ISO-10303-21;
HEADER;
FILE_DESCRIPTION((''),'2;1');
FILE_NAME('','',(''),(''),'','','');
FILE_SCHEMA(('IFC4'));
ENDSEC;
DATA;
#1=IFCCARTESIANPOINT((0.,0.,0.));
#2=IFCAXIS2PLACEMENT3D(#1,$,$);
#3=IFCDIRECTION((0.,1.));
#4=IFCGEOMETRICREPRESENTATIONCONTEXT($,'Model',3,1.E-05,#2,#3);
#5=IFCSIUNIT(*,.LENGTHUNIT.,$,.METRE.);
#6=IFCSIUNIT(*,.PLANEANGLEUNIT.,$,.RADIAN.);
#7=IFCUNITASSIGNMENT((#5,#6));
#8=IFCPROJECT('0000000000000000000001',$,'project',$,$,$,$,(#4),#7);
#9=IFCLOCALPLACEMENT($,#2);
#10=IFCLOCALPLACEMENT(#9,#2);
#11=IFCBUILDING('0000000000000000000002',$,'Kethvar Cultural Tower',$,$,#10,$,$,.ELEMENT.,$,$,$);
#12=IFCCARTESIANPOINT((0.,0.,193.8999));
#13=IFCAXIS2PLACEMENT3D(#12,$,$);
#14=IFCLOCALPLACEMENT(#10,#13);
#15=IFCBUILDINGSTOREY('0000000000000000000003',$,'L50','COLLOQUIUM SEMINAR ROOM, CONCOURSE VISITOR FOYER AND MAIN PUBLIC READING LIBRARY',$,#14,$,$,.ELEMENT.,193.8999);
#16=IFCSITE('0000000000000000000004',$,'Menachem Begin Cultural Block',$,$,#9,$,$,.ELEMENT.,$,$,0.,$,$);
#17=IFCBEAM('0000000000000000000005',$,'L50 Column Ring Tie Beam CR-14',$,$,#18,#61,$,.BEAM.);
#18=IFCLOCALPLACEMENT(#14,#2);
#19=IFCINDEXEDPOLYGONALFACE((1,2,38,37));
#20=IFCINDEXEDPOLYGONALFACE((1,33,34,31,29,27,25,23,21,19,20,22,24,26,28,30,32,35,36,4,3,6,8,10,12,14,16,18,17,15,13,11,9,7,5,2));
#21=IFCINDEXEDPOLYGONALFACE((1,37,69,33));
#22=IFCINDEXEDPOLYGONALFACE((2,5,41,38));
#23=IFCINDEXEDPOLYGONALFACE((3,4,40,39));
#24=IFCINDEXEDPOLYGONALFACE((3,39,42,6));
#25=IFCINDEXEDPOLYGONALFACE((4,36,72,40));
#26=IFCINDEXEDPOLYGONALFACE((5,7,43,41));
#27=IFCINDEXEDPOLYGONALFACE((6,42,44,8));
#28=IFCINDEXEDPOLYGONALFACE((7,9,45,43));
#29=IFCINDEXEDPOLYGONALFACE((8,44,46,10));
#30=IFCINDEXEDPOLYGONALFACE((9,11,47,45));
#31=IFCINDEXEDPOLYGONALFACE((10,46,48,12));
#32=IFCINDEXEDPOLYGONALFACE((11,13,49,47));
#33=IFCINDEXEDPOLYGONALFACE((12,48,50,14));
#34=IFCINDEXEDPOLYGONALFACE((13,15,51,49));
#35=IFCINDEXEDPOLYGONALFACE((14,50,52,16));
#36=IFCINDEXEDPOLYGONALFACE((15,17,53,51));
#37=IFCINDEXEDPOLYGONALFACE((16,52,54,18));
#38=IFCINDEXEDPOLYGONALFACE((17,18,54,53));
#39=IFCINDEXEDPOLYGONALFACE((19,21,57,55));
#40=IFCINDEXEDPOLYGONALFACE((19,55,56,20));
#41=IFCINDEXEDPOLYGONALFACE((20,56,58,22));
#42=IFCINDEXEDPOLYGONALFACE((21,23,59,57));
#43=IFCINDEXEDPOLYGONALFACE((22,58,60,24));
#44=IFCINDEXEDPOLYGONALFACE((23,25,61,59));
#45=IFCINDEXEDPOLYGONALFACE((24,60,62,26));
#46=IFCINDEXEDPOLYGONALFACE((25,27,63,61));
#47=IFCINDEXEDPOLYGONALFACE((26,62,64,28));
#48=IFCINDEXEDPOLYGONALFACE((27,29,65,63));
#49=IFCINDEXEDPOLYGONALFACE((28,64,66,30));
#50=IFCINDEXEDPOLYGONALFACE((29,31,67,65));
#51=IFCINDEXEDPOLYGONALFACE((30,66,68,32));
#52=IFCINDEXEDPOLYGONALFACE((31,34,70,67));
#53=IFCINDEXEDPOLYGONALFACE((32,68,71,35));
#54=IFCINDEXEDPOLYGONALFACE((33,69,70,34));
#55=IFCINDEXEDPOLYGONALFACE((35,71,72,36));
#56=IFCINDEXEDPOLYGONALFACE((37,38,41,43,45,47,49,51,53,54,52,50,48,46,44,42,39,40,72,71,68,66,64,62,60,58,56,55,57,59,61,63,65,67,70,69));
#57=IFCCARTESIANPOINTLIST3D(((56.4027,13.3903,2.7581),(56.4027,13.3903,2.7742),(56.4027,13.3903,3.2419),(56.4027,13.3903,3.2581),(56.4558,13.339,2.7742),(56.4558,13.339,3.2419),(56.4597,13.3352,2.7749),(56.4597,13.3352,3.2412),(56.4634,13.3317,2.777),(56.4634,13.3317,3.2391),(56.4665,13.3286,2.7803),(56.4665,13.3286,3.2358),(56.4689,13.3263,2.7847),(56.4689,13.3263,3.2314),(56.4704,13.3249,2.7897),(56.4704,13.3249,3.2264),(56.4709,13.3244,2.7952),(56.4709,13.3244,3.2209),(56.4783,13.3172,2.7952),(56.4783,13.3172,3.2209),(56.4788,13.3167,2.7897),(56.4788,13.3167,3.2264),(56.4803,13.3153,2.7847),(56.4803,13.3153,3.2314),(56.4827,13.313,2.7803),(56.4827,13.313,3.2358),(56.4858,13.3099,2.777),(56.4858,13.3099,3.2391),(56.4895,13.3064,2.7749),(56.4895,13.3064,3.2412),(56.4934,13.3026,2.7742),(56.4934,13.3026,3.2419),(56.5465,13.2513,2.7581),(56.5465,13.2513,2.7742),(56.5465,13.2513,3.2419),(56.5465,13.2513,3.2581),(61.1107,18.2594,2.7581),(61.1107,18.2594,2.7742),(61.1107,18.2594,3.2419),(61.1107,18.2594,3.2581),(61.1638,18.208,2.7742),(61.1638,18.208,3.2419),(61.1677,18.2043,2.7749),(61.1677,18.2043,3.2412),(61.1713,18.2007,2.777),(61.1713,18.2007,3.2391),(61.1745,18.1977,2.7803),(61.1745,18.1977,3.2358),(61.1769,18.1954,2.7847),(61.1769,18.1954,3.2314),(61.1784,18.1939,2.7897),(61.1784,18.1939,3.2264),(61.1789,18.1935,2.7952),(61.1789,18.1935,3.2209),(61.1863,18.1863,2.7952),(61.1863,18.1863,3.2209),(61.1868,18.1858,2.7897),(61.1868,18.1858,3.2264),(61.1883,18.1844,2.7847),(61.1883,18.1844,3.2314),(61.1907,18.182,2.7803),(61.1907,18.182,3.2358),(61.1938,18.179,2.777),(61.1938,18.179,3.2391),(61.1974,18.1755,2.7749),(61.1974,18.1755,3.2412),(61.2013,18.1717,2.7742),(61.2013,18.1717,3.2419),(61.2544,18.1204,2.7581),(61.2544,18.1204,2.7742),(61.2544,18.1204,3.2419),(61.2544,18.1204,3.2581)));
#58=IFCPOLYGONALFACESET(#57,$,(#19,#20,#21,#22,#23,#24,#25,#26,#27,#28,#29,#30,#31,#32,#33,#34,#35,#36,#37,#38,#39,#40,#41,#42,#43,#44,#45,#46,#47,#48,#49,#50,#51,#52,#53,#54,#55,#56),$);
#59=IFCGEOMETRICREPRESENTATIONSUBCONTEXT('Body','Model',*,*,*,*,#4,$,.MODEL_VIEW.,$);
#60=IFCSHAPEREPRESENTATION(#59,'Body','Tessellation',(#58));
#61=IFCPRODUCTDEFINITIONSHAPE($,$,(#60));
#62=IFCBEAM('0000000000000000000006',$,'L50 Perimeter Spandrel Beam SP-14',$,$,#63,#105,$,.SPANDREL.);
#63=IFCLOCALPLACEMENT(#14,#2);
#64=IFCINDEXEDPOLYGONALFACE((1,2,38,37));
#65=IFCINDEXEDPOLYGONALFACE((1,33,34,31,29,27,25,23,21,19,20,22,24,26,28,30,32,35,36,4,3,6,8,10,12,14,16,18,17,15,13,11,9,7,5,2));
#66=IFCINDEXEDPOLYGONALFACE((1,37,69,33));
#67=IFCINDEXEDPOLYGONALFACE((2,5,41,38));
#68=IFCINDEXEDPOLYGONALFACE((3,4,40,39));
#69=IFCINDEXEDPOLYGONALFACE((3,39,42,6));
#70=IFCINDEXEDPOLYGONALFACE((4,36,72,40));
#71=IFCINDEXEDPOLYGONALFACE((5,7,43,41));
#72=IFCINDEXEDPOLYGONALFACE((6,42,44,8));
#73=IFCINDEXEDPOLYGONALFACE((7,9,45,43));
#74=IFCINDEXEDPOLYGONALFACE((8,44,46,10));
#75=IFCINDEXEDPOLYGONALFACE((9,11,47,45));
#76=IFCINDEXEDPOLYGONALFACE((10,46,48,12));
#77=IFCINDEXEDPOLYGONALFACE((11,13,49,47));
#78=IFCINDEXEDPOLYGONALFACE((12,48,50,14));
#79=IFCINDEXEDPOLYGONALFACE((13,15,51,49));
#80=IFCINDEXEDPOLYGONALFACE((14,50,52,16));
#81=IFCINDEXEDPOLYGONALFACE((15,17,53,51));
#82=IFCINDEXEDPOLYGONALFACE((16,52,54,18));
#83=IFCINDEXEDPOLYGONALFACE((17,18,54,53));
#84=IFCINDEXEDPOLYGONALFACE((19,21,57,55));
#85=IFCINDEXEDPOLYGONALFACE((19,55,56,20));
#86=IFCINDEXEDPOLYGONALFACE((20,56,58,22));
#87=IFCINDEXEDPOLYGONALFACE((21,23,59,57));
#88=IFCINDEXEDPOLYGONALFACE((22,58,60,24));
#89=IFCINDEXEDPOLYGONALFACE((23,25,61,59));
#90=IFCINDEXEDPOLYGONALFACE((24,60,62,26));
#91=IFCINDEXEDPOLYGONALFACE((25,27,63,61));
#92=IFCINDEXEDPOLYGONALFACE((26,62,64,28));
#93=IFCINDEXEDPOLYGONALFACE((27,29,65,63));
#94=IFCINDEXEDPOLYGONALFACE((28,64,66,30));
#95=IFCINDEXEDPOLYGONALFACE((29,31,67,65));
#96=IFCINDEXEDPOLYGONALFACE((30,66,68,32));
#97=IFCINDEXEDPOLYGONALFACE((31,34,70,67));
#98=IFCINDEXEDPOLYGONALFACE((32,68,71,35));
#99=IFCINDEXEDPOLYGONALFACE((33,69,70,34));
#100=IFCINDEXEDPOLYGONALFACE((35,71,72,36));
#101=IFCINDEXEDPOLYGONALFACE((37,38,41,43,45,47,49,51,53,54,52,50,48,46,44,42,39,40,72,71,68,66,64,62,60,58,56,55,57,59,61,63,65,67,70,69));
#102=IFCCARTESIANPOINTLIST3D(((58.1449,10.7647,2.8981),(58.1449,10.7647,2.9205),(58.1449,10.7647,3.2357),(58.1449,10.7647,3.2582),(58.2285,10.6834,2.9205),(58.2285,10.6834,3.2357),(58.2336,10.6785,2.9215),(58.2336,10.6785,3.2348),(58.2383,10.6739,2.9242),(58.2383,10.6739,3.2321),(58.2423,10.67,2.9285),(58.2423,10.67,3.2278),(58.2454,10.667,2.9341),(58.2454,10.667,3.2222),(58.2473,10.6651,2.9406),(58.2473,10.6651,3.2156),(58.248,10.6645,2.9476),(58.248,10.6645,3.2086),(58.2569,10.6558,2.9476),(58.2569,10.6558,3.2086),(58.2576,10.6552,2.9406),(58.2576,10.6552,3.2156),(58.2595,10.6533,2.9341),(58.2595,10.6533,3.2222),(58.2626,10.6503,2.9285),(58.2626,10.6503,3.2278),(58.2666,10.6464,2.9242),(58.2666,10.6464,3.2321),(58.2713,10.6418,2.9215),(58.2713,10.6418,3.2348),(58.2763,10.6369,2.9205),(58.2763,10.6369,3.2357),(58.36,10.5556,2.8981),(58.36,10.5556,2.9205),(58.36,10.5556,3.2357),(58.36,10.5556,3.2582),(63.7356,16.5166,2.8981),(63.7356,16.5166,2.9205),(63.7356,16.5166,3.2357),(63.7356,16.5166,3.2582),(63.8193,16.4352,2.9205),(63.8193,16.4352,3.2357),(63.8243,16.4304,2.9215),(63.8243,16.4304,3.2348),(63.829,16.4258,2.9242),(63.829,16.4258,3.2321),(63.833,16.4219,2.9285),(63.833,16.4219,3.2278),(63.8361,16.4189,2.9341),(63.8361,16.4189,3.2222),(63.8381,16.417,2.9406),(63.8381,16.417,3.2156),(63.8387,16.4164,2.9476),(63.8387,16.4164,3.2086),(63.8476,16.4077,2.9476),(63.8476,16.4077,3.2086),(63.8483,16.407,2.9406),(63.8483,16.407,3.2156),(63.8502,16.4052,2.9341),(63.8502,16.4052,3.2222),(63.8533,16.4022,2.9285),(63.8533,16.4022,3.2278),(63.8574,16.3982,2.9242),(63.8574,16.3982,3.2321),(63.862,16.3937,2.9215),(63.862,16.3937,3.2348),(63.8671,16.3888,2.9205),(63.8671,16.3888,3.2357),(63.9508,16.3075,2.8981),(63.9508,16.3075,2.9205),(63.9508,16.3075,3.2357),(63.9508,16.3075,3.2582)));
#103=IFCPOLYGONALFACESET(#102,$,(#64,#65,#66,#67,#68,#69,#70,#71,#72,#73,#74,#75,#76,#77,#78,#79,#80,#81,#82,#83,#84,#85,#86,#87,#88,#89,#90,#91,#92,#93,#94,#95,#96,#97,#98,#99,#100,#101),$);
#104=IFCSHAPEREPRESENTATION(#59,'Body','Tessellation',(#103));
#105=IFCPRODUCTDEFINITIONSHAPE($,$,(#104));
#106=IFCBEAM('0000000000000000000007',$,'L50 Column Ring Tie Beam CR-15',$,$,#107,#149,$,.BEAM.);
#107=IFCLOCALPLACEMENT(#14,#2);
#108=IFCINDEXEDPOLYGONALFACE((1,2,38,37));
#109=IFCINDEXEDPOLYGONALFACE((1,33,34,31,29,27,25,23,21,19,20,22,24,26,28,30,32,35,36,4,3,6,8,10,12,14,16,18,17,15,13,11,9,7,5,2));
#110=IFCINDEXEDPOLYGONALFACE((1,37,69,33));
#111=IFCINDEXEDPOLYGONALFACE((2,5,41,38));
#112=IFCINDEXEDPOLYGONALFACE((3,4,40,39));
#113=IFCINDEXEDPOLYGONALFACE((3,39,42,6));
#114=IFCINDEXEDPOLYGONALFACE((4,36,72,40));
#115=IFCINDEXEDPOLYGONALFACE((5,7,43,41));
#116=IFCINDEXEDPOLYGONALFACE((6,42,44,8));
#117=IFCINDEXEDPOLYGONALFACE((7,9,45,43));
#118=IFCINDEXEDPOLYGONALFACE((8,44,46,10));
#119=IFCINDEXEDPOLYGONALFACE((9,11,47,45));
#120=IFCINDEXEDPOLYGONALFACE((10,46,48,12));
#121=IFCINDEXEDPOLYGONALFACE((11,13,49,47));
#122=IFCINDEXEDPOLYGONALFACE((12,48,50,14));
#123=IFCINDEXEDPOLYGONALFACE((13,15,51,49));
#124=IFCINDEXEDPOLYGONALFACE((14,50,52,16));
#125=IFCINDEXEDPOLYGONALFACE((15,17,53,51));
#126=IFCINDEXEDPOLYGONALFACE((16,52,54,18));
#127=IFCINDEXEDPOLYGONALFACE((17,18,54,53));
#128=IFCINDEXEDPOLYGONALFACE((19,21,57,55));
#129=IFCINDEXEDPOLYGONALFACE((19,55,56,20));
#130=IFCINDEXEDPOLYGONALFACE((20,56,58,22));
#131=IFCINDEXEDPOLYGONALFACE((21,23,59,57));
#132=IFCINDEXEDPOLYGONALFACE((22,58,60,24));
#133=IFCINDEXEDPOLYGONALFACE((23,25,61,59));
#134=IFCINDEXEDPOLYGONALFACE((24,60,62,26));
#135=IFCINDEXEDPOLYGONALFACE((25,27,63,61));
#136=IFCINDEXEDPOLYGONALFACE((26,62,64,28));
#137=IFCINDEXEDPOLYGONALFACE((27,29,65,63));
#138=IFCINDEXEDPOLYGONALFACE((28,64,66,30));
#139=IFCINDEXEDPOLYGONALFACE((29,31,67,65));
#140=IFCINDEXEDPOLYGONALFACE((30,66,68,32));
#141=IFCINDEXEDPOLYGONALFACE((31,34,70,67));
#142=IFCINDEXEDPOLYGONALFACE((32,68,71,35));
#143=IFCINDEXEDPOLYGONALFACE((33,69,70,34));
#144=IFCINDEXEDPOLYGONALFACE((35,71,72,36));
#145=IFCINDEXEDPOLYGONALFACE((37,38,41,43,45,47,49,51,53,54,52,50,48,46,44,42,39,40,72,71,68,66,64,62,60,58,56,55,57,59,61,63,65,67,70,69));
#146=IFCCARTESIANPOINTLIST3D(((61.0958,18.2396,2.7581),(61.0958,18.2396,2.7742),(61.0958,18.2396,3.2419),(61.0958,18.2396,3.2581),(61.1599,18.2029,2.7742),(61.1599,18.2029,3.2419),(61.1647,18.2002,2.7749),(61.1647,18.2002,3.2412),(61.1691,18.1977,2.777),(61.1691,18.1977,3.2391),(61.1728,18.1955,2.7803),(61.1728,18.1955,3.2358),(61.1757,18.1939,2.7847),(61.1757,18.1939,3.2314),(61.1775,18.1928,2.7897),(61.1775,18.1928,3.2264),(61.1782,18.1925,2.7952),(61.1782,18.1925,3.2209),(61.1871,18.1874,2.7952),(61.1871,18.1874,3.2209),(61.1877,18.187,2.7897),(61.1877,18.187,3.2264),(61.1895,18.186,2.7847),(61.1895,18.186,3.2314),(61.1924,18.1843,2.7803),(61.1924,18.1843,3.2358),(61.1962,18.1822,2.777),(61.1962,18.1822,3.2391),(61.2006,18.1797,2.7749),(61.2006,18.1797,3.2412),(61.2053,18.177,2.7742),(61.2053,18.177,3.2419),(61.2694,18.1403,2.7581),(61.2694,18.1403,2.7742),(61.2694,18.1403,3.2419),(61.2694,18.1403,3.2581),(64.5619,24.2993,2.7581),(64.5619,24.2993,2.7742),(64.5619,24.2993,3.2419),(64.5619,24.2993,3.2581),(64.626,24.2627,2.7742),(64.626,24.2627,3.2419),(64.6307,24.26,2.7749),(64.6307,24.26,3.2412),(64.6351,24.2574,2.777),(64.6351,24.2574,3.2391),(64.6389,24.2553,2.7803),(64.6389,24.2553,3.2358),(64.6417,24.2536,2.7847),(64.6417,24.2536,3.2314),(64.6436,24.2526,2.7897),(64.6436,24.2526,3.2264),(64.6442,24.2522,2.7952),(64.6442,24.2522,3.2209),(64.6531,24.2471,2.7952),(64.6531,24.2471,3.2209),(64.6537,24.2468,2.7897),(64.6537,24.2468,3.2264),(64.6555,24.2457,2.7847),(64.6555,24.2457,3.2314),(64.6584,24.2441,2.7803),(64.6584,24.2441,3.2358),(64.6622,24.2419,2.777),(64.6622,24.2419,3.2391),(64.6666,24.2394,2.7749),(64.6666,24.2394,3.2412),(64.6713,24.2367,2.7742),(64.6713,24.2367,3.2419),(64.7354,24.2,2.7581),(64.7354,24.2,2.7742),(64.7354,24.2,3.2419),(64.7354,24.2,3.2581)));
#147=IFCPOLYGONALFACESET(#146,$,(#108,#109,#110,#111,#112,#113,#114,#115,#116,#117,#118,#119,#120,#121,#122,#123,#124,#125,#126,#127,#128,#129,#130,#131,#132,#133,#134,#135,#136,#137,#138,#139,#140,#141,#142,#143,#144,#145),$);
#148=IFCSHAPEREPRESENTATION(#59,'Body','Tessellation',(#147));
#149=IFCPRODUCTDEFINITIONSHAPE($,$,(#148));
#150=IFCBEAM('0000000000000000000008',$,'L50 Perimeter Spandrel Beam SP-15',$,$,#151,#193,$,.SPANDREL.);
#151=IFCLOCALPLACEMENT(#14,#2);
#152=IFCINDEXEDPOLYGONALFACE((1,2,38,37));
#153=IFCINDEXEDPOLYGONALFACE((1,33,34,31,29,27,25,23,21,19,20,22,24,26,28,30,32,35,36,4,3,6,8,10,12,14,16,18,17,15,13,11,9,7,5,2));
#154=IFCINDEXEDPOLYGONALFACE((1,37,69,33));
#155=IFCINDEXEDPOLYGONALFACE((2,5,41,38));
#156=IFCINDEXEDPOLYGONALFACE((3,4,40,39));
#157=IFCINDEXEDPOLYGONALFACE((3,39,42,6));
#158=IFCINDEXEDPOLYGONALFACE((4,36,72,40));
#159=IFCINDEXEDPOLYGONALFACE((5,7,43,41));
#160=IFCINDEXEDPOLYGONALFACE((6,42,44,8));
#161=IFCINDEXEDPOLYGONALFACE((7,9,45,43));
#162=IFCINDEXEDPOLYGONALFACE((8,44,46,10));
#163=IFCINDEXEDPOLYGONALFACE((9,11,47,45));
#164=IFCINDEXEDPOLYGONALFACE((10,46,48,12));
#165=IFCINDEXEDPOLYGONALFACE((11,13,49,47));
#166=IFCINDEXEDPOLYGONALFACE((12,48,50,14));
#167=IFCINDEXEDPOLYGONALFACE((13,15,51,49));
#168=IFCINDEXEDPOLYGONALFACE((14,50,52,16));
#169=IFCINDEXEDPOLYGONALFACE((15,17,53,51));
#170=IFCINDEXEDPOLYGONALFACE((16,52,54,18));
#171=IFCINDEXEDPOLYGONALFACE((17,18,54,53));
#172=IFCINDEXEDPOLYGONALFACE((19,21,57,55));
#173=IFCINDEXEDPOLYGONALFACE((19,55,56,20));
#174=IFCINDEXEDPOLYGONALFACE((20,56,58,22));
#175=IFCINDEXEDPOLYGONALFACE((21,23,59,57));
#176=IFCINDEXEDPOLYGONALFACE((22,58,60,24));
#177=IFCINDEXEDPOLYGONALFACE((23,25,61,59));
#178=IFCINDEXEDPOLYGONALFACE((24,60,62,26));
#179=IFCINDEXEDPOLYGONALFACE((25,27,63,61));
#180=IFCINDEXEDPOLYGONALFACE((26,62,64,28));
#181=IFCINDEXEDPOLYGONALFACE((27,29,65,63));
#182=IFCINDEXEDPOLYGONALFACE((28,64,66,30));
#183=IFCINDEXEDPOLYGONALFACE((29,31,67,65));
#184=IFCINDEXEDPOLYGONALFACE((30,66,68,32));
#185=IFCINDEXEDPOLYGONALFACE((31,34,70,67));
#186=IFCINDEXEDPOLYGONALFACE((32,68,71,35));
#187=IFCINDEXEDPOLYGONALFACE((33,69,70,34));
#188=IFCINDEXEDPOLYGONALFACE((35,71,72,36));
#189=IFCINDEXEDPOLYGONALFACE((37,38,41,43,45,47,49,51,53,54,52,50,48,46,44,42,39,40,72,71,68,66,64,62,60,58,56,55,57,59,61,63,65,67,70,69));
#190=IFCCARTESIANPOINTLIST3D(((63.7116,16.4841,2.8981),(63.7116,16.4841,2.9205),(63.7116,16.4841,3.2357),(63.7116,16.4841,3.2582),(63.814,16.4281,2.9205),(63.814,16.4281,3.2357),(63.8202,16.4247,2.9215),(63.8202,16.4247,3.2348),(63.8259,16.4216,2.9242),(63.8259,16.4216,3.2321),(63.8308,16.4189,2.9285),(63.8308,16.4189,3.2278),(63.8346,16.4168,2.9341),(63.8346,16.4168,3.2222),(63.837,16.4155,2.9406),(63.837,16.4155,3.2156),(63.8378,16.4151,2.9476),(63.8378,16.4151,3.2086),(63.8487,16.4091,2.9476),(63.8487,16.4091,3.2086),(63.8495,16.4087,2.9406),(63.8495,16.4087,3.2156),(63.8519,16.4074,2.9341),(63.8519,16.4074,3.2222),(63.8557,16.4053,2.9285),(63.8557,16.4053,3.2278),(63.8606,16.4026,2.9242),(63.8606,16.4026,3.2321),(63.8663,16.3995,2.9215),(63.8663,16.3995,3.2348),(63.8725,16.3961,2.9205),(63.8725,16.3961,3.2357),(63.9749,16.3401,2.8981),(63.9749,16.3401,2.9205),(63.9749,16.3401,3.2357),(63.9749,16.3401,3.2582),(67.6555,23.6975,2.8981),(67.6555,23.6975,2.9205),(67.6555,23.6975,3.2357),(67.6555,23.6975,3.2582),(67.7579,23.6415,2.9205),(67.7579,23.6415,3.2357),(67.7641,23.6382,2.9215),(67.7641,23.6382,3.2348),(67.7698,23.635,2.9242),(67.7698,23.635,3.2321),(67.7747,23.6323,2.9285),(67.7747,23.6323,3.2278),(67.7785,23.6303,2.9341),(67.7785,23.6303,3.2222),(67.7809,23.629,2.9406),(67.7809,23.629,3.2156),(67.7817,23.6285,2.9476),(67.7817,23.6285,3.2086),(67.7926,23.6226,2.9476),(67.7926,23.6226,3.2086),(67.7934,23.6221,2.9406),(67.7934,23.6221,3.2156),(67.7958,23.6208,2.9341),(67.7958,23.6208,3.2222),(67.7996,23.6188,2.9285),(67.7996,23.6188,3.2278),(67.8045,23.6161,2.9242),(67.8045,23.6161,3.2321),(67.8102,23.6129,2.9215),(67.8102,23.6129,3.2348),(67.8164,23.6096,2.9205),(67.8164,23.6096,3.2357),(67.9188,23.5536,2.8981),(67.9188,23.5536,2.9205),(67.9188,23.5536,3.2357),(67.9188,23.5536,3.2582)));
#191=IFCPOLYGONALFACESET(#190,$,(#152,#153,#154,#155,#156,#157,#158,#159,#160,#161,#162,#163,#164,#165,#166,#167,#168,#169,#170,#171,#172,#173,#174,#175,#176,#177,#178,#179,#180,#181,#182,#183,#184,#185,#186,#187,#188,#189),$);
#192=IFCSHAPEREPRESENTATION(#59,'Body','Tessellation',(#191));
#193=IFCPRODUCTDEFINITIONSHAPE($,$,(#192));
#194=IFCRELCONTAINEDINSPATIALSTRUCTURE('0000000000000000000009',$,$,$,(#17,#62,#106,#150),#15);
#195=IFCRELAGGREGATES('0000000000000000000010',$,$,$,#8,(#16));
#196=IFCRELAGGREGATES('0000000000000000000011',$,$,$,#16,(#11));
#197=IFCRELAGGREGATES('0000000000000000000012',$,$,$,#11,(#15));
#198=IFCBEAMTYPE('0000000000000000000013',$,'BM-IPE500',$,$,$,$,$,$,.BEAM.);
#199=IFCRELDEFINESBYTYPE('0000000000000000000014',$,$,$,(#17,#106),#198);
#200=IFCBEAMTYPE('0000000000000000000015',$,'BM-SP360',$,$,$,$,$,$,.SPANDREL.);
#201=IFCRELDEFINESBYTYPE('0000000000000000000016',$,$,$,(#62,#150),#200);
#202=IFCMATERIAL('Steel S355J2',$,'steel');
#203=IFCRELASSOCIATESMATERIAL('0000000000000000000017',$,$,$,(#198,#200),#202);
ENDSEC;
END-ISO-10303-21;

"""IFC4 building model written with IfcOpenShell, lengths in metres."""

from ifc_helpers import new_model, si_unit, direction, frame, origin, origin_2d, place, context, subcontext, project, spatial, i_section, extrude, source, transform, mapped, material, material_profile, profile_set, type_object, element, save


model = new_model("IFC4")

# Units and contexts
model_context = context("Model", 3, precision=1e-05, world=origin(), true_north=direction((0.0, 1.0)))
body_context = subcontext(model_context, "Body", "Model", "MODEL_VIEW")
ifc_project = project(units=[si_unit("LENGTHUNIT", "METRE"), si_unit("PLANEANGLEUNIT", "RADIAN")], contexts=[model_context])

# Site, building, storey
site_placement = place(None, origin())
site = spatial("IfcSite", under=ifc_project, at=site_placement, Name="Menachem Begin Cultural Block", CompositionType="ELEMENT", RefElevation=0.0)
building_placement = place(site_placement, origin())
building = spatial("IfcBuilding", under=site, at=building_placement, Name="Kethvar Cultural Tower", CompositionType="ELEMENT")
storey_placement = place(building_placement, frame((0.0, 0.0, 193.8999)))
storey = spatial("IfcBuildingStorey", under=building, at=storey_placement, Name="L50", Description="COLLOQUIUM SEMINAR ROOM, CONCOURSE VISITOR FOYER AND MAIN PUBLIC READING LIBRARY", CompositionType="ELEMENT", Elevation=193.8999)

# Beams
ifc_material_1 = material(Name="Steel S355J2", Category="steel")
ifc_material_profile_1 = material_profile(ifc_material_1, i_section(OverallWidth=0.2, OverallDepth=0.5, WebThickness=0.0103, FlangeThickness=0.0161, FilletRadius=0.021, at=origin_2d()), Name="Steel S355J2 — IPE500")
ifc_profile_set_1 = profile_set([ifc_material_profile_1], Name="Steel S355J2 — IPE500")
beam_type_1 = type_object("IfcBeamType", Name="BM-IPE500", PredefinedType="BEAM", material=ifc_profile_set_1)
shared_shape_1 = source(origin(), body_context, "Body", "SweptSolid", [
    extrude(i_section(OverallWidth=0.2, OverallDepth=0.5, WebThickness=0.0103, FlangeThickness=0.0161, FilletRadius=0.021, at=origin_2d()), origin(), (0.0, 0.0, 1.0), 6.7729),
])
beam_1_placement = place(storey_placement, frame((56.4746, 13.3208, 3.0081), z_axis=(0.695112, 0.718902, 0.0), x_axis=(-0.718902, 0.695112, 0.0)))
element("IfcBeam", 1, at=beam_1_placement, inside=storey, type_object=beam_type_1, Name="L50 Column Ring Tie Beam CR-14", PredefinedType="BEAM", context=body_context, shape_type="MappedRepresentation", body=[
    mapped(shared_shape_1, transform((0.0, 0.0, 0.0), scale=1.0)),
])
ifc_material_profile_2 = material_profile(ifc_material_1, i_section(OverallWidth=0.3, OverallDepth=0.3601, WebThickness=0.0125, FlangeThickness=0.0225, FilletRadius=0.0271, at=origin_2d()), Name="Steel S355J2 — HEB360")
ifc_profile_set_2 = profile_set([ifc_material_profile_2], Name="Steel S355J2 — HEB360")
beam_type_2 = type_object("IfcBeamType", Name="BM-SP360", PredefinedType="SPANDREL", material=ifc_profile_set_2)
shared_shape_2 = source(origin(), body_context, "Body", "SweptSolid", [
    extrude(i_section(OverallWidth=0.3, OverallDepth=0.3601, WebThickness=0.0125, FlangeThickness=0.0225, FilletRadius=0.0271, at=origin_2d()), origin(), (0.0, 0.0, 1.0), 8.0212),
])
beam_2_placement = place(storey_placement, frame((58.2524, 10.6602, 3.0781), z_axis=(0.696991, 0.717079, 0.0), x_axis=(-0.717079, 0.696991, 0.0)))
element("IfcBeam", 2, at=beam_2_placement, inside=storey, type_object=beam_type_2, Name="L50 Perimeter Spandrel Beam SP-14", PredefinedType="SPANDREL", context=body_context, shape_type="MappedRepresentation", body=[
    mapped(shared_shape_2, transform((0.0, 0.0, 0.0), scale=1.0)),
])
shared_shape_3 = source(origin(), body_context, "Body", "SweptSolid", [
    extrude(i_section(OverallWidth=0.2, OverallDepth=0.5, WebThickness=0.0103, FlangeThickness=0.0161, FilletRadius=0.021, at=origin_2d()), origin(), (0.0, 0.0, 1.0), 6.981),
])
beam_3_placement = place(storey_placement, frame((61.1826, 18.1899, 3.0081), z_axis=(0.496497, 0.868039, 0.0), x_axis=(-0.868039, 0.496497, 0.0)))
element("IfcBeam", 3, at=beam_3_placement, inside=storey, type_object=beam_type_1, Name="L50 Column Ring Tie Beam CR-15", PredefinedType="BEAM", context=body_context, shape_type="MappedRepresentation", body=[
    mapped(shared_shape_3, transform((0.0, 0.0, 0.0), scale=1.0)),
])
shared_shape_4 = source(origin(), body_context, "Body", "SweptSolid", [
    extrude(i_section(OverallWidth=0.3, OverallDepth=0.3601, WebThickness=0.0125, FlangeThickness=0.0225, FilletRadius=0.0271, at=origin_2d()), origin(), (0.0, 0.0, 1.0), 8.2212),
])
beam_4_placement = place(storey_placement, frame((63.8433, 16.4121, 3.0781), z_axis=(0.479722, 0.877421, 0.0), x_axis=(-0.877421, 0.479722, 0.0)))
element("IfcBeam", 4, at=beam_4_placement, inside=storey, type_object=beam_type_2, Name="L50 Perimeter Spandrel Beam SP-15", PredefinedType="SPANDREL", context=body_context, shape_type="MappedRepresentation", body=[
    mapped(shared_shape_4, transform((0.0, 0.0, 0.0), scale=1.0)),
])

save(model, "model.ifc")
